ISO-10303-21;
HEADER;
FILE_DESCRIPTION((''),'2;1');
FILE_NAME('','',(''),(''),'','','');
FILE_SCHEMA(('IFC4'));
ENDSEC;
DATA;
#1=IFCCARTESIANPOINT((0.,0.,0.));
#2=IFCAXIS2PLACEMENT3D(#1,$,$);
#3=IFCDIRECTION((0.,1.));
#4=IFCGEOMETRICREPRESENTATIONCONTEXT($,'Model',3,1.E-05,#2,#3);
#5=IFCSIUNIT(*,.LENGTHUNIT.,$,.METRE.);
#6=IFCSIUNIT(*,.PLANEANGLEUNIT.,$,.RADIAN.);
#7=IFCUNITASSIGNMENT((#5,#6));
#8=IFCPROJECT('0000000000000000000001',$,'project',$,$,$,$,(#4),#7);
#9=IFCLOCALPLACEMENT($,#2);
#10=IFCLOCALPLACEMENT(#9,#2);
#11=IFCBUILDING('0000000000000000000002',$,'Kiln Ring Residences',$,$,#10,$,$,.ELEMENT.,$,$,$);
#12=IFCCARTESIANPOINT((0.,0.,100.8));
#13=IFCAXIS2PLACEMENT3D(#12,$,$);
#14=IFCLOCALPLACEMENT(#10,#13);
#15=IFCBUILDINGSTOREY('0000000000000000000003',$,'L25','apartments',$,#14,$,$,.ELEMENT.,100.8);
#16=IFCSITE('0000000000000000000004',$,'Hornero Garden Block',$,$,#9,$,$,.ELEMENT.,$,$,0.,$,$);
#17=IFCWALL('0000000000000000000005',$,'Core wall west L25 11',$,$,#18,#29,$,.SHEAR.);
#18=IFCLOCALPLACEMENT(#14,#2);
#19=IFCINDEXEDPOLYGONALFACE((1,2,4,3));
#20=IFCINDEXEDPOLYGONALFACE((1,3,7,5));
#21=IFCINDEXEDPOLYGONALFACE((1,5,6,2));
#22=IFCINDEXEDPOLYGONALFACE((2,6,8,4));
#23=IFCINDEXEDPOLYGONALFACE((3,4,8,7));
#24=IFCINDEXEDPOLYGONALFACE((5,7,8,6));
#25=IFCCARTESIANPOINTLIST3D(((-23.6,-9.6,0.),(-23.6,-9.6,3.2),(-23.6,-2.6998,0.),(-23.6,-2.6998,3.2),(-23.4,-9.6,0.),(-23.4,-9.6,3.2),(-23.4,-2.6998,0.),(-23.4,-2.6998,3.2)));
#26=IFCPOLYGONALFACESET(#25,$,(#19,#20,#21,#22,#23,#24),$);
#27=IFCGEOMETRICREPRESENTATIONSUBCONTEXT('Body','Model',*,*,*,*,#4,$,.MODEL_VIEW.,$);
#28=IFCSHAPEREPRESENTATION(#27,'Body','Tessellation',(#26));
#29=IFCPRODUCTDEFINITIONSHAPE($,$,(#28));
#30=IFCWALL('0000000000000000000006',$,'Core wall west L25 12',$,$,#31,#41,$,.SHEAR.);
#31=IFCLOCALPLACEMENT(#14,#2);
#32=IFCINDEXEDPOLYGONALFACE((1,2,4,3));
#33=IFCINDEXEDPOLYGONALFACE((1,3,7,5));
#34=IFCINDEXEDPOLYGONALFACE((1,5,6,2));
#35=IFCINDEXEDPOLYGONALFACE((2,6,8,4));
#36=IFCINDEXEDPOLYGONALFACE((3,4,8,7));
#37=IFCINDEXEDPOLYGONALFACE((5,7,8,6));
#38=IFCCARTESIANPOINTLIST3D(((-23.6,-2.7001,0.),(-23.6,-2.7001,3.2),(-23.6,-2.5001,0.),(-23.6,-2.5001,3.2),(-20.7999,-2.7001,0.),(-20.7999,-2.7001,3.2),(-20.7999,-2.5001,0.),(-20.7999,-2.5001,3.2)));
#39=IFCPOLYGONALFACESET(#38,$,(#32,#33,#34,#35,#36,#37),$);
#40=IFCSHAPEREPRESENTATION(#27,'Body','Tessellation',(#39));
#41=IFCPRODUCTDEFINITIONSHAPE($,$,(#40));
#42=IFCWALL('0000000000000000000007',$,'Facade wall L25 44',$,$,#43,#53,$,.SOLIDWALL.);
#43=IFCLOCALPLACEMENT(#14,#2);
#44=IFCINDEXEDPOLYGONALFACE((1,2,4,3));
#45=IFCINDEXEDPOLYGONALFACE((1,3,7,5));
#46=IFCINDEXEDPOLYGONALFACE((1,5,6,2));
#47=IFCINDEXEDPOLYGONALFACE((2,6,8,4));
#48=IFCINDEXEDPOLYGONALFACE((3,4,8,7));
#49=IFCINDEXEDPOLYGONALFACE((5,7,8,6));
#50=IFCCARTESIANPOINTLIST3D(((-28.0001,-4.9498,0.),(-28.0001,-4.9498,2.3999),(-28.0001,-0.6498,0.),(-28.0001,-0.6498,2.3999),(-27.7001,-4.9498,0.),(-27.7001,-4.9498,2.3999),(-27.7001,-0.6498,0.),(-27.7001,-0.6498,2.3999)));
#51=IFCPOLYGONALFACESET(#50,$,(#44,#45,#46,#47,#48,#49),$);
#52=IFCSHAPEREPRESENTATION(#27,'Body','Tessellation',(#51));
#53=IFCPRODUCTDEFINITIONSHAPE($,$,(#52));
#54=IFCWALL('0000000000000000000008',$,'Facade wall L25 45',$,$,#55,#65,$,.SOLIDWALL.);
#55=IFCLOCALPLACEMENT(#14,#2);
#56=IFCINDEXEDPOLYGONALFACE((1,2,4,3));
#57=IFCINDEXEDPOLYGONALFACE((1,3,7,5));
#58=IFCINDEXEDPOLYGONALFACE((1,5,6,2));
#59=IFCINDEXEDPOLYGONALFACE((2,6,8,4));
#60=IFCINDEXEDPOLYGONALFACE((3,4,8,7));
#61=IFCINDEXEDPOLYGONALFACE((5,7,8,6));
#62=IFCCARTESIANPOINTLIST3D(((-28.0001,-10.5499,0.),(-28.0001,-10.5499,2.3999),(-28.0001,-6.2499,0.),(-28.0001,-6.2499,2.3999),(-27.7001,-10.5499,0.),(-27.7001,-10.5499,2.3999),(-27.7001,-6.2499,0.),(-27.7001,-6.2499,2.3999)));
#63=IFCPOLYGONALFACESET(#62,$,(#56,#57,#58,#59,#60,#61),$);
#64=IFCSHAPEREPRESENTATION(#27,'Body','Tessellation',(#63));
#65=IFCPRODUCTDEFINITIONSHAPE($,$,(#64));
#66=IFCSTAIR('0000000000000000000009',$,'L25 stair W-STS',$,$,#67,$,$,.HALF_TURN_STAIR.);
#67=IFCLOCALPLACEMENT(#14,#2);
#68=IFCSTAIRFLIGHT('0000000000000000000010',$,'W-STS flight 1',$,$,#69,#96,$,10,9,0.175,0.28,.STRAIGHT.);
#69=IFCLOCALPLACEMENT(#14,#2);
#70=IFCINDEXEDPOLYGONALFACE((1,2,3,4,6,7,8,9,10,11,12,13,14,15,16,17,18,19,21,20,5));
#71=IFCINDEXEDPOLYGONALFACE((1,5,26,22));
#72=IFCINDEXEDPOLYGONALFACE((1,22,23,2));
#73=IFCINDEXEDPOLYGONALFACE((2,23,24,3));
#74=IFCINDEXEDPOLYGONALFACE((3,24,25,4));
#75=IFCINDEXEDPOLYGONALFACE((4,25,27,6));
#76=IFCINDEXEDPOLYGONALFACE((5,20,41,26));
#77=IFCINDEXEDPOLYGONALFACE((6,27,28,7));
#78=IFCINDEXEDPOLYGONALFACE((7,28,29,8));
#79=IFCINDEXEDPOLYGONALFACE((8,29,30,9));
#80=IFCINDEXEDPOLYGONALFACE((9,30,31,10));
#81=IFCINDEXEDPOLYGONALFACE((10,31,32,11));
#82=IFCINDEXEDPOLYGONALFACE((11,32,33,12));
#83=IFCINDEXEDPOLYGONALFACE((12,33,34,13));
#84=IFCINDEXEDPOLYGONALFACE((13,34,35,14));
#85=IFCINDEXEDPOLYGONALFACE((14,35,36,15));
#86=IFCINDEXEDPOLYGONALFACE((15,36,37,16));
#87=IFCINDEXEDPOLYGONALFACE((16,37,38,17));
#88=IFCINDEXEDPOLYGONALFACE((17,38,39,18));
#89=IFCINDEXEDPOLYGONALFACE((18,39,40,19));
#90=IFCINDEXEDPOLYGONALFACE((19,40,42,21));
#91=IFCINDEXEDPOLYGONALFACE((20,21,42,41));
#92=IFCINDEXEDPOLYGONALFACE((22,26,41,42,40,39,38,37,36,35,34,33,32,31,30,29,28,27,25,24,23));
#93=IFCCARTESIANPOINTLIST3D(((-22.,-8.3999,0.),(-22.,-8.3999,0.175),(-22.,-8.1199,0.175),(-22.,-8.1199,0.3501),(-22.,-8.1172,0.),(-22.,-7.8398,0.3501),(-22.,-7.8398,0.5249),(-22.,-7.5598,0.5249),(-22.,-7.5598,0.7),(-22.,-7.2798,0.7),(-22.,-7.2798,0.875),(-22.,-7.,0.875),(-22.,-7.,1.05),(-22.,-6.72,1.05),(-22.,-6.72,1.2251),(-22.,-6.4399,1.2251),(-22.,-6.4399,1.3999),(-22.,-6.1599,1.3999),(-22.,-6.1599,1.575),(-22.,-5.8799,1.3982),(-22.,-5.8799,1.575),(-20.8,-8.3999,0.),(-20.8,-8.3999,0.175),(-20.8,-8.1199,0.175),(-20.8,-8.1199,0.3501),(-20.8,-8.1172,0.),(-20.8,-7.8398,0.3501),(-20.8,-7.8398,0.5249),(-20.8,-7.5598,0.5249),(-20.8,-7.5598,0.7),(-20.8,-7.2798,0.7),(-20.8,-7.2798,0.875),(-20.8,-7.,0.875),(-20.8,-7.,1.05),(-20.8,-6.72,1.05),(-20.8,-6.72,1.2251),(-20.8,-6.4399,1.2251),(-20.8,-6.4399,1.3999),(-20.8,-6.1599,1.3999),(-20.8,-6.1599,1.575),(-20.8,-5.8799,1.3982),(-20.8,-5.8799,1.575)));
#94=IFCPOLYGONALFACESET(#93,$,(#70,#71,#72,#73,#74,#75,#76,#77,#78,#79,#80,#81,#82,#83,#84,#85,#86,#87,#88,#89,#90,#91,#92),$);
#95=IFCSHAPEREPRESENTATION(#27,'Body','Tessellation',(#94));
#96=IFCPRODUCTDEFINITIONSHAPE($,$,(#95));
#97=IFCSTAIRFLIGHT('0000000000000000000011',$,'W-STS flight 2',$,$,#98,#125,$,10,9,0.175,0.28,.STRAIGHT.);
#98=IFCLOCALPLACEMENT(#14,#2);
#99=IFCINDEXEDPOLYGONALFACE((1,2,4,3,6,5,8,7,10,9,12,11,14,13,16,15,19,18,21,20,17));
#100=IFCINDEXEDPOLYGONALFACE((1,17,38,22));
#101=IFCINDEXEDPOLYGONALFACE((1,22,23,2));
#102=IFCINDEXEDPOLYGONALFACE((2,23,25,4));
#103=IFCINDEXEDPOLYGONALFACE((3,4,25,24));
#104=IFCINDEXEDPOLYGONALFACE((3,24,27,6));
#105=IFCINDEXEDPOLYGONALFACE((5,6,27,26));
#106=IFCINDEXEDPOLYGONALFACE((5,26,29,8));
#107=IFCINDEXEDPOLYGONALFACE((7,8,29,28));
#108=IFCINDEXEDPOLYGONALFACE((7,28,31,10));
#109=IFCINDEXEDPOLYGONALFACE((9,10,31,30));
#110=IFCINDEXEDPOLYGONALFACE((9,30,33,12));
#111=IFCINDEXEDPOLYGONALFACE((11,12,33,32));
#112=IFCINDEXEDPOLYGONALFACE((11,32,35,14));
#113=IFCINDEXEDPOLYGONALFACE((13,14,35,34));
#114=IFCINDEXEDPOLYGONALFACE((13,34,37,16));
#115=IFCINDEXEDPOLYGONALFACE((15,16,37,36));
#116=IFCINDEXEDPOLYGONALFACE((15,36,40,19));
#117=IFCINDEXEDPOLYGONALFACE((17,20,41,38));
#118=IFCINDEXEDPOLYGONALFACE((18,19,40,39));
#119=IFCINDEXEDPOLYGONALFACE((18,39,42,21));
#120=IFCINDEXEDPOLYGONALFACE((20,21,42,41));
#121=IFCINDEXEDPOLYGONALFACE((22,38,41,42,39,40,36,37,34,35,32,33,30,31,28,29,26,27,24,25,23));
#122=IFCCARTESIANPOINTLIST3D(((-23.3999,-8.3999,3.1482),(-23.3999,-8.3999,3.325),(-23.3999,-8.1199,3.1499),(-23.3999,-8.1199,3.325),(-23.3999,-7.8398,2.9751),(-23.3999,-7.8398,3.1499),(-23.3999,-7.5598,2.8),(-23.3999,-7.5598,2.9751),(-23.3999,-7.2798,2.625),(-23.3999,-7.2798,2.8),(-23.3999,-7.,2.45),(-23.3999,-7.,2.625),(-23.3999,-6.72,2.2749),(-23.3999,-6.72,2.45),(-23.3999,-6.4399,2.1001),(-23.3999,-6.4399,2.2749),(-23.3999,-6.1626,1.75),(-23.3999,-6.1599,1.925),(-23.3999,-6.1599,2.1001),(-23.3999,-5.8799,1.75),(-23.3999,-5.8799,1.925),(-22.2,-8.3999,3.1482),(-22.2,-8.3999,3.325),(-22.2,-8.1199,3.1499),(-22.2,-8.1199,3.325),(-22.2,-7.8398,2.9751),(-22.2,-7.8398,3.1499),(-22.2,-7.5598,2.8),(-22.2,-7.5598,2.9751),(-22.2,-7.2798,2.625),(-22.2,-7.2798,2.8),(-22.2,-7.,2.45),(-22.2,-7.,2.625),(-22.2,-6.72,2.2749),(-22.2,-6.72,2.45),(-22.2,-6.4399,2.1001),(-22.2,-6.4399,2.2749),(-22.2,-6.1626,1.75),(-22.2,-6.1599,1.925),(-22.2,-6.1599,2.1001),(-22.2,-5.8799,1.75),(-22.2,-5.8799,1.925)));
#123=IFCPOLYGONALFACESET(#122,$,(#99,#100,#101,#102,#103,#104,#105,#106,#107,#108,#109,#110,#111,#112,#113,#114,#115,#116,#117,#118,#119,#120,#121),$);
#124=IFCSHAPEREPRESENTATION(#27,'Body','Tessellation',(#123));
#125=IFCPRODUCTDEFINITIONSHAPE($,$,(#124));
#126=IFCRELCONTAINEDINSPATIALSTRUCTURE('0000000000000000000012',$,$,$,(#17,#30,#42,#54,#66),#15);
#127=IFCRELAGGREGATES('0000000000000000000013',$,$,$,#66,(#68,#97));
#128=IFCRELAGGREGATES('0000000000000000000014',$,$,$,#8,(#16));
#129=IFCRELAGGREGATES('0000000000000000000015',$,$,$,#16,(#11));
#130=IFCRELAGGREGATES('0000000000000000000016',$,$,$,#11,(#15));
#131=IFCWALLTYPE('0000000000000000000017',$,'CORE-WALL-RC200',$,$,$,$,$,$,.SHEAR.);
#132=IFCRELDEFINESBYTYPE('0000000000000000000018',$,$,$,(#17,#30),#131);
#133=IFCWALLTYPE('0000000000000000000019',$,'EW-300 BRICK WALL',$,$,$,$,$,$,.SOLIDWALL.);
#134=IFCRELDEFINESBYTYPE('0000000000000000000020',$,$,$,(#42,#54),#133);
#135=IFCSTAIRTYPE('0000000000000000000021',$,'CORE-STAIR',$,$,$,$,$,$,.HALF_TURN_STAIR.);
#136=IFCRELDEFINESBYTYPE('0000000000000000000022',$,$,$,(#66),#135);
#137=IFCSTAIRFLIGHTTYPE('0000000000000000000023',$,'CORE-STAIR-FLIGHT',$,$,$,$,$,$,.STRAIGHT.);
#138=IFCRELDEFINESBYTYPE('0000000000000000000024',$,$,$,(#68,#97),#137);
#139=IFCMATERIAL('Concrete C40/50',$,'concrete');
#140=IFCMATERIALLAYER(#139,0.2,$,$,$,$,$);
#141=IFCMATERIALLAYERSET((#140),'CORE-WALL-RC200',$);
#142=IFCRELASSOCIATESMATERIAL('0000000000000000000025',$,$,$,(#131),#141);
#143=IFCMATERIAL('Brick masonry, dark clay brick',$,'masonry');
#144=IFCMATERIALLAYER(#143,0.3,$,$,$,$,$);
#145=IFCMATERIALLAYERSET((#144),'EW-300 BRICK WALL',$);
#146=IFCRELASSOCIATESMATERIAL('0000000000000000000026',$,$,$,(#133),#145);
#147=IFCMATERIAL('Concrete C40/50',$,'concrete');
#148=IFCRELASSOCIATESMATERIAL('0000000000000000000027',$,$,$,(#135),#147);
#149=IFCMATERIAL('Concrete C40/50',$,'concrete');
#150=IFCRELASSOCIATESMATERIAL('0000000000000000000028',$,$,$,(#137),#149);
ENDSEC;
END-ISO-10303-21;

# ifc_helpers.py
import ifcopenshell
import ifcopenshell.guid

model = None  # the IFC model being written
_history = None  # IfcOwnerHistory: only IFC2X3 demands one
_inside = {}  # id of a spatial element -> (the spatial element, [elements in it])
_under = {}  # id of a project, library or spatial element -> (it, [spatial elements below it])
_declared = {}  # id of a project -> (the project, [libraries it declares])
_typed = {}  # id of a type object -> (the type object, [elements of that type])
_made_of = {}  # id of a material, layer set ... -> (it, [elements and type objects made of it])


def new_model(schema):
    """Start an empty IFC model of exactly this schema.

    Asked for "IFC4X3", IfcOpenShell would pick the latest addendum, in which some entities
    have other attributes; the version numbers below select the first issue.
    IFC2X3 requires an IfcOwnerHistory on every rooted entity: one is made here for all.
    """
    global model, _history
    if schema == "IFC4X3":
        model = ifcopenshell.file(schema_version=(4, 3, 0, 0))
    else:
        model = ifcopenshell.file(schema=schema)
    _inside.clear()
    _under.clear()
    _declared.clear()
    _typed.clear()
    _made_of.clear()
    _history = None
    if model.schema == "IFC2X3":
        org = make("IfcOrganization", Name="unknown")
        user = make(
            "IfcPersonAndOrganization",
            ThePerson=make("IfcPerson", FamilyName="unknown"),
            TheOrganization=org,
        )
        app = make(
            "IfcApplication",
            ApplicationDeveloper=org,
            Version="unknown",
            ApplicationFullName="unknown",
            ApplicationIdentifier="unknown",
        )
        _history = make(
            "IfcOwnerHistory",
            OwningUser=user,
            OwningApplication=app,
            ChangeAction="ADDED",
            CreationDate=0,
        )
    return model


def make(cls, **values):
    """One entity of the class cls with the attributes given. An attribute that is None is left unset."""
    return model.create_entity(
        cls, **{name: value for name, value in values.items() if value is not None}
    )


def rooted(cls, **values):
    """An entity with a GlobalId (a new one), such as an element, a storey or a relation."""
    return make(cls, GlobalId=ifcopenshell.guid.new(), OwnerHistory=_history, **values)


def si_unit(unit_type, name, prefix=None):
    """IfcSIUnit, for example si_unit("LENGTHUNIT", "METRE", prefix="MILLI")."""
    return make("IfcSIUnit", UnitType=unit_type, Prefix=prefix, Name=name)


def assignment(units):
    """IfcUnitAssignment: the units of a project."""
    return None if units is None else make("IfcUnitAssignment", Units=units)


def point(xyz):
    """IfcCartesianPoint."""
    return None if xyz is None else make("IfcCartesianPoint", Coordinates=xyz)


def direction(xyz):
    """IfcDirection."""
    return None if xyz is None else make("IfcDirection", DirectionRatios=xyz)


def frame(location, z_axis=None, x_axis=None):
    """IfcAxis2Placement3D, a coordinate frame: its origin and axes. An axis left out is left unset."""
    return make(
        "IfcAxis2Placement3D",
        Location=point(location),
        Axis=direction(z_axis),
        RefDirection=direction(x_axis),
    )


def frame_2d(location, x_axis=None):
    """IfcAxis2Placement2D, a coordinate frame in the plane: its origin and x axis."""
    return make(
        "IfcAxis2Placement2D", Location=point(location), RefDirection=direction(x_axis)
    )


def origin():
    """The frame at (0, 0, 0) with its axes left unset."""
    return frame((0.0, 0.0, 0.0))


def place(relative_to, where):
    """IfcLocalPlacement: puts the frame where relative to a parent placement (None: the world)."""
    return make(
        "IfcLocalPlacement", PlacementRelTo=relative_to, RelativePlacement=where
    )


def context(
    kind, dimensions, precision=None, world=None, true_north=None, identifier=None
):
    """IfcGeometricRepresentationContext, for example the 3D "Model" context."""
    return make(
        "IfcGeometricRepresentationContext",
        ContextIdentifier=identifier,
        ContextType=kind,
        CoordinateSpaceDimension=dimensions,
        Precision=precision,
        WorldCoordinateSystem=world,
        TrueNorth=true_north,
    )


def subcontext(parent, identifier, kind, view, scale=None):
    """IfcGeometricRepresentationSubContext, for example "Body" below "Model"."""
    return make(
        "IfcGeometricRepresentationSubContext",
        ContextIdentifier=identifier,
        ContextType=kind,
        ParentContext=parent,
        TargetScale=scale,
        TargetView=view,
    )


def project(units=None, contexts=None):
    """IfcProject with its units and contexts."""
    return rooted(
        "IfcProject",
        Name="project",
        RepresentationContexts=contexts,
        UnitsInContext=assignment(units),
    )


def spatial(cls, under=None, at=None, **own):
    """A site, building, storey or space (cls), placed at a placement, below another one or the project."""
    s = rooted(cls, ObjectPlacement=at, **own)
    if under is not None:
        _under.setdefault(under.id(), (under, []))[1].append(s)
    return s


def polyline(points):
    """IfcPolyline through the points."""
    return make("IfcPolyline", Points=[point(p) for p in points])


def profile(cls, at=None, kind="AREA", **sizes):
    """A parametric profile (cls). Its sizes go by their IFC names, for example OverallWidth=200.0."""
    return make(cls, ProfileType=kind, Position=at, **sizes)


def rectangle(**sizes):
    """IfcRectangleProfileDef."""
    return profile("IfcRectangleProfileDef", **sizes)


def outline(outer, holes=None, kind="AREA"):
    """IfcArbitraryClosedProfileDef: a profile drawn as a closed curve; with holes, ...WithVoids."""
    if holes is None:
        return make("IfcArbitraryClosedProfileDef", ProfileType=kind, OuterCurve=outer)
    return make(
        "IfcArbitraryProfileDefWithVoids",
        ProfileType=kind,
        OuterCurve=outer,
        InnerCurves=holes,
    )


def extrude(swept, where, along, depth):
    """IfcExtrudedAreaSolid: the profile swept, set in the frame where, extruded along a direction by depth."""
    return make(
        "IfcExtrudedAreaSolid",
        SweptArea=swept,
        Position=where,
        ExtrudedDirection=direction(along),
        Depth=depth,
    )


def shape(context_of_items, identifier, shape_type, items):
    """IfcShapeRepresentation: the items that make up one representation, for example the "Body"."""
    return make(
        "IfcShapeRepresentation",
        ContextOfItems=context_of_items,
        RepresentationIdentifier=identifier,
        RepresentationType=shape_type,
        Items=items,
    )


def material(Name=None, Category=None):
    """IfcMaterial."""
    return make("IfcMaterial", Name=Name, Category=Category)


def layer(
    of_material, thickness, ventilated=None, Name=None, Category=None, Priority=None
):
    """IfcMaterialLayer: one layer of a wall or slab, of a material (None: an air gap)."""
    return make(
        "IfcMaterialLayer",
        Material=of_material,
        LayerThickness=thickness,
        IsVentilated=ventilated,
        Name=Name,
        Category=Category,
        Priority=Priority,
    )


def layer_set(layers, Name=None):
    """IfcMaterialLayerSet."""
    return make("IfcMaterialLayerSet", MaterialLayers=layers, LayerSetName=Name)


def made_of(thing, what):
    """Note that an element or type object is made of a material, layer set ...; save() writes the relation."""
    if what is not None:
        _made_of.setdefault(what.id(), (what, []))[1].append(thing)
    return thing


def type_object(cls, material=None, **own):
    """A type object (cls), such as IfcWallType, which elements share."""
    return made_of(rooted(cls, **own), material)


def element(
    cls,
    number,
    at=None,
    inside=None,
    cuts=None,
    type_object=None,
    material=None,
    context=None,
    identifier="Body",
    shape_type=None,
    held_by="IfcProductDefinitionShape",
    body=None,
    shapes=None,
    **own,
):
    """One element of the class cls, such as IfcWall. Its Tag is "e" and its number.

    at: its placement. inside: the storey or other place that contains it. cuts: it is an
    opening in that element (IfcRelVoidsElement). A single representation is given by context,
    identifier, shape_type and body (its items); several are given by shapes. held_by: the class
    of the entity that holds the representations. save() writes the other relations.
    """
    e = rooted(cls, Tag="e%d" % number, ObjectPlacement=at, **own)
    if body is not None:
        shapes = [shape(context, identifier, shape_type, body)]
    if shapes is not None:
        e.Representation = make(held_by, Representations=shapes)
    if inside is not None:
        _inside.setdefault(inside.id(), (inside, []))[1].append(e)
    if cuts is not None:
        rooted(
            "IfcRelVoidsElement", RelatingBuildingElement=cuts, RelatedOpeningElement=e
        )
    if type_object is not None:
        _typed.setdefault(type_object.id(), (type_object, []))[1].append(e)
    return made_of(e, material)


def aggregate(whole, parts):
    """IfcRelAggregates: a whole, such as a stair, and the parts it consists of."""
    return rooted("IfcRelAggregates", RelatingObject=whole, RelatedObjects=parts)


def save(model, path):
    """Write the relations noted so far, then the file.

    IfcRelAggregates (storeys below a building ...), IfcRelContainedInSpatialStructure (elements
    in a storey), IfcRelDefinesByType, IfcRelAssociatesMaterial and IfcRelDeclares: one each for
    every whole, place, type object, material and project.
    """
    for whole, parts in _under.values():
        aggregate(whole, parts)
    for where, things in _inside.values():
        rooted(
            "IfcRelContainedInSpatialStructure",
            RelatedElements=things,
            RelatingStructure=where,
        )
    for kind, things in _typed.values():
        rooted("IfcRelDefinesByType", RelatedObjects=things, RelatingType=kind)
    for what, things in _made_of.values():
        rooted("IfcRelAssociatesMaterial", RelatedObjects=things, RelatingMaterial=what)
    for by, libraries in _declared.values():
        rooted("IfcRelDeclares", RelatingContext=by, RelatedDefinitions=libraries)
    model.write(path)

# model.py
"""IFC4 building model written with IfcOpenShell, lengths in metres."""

from ifc_helpers import new_model, si_unit, direction, frame, frame_2d, origin, place, context, subcontext, project, spatial, polyline, rectangle, outline, extrude, material, layer, layer_set, type_object, element, aggregate, save


model = new_model("IFC4")

# Units and contexts
model_context = context("Model", 3, precision=1e-05, world=origin(), true_north=direction((0.0, 1.0)))
body_context = subcontext(model_context, "Body", "Model", "MODEL_VIEW")
ifc_project = project(units=[si_unit("LENGTHUNIT", "METRE"), si_unit("PLANEANGLEUNIT", "RADIAN")], contexts=[model_context])

# Site, building, storey
site_placement = place(None, origin())
site = spatial("IfcSite", under=ifc_project, at=site_placement, Name="Hornero Garden Block", CompositionType="ELEMENT", RefElevation=0.0)
building_placement = place(site_placement, origin())
building = spatial("IfcBuilding", under=site, at=building_placement, Name="Kiln Ring Residences", CompositionType="ELEMENT")
storey_placement = place(building_placement, frame((0.0, 0.0, 100.8)))
storey = spatial("IfcBuildingStorey", under=building, at=storey_placement, Name="L25", Description="apartments", CompositionType="ELEMENT", Elevation=100.8)

# Shared definitions
ifc_material_1 = material(Name="Concrete C40/50", Category="concrete")
ifc_layer_1 = layer(ifc_material_1, 0.2)
ifc_layer_set_1 = layer_set([ifc_layer_1], Name="CORE-WALL-RC200")
wall_type_1 = type_object("IfcWallType", Name="CORE-WALL-RC200", PredefinedType="SHEAR", material=ifc_layer_set_1)

# Walls
wall_1_placement = place(storey_placement, frame((-23.5, -9.6001, 0.0), z_axis=(0.0, 0.0, 1.0), x_axis=(0.0, 1.0, 0.0)))
element("IfcWall", 1, at=wall_1_placement, inside=storey, type_object=wall_type_1, Name="Core wall west L25 11", PredefinedType="SHEAR", context=body_context, shape_type="SweptSolid", body=[
    extrude(rectangle(XDim=6.9001, YDim=0.2, at=frame_2d((3.4502, 0.0))), origin(), (0.0, 0.0, 1.0), 3.2),
])
wall_2_placement = place(storey_placement, frame((-20.8, -2.6001, 0.0), z_axis=(0.0, 0.0, 1.0), x_axis=(-1.0, 0.0, 0.0)))
element("IfcWall", 2, at=wall_2_placement, inside=storey, type_object=wall_type_1, Name="Core wall west L25 12", PredefinedType="SHEAR", context=body_context, shape_type="SweptSolid", body=[
    extrude(rectangle(XDim=2.8, YDim=0.2, at=frame_2d((1.3999, 0.0))), origin(), (0.0, 0.0, 1.0), 3.2),
])
ifc_material_2 = material(Name="Brick masonry, dark clay brick", Category="masonry")
ifc_layer_2 = layer(ifc_material_2, 0.3)
ifc_layer_set_2 = layer_set([ifc_layer_2], Name="EW-300 BRICK WALL")
wall_type_2 = type_object("IfcWallType", Name="EW-300 BRICK WALL", PredefinedType="SOLIDWALL", material=ifc_layer_set_2)
for number, where, z_axis, x_axis, name in (
    (3, (-27.8501, -0.6499, 0.0), (0.0, 0.0, 1.0), (0.0, -1.0, 0.0), "Facade wall L25 44"),
    (4, (-27.8501, -6.25, 0.0), (0.0, 0.0, 1.0), (0.0, -1.0, 0.0), "Facade wall L25 45"),
):
    element("IfcWall", number, at=place(storey_placement, frame(where, z_axis=z_axis, x_axis=x_axis)), inside=storey, type_object=wall_type_2, Name=name, PredefinedType="SOLIDWALL", context=body_context, shape_type="SweptSolid", body=[
        extrude(rectangle(XDim=4.3, YDim=0.3, at=frame_2d((2.1499, 0.0))), origin(), (0.0, 0.0, 1.0), 2.3999),
    ])

# Stair, stair flights
ifc_material_3 = material(Name="Concrete C40/50", Category="concrete")
stair_type = type_object("IfcStairType", Name="CORE-STAIR", PredefinedType="HALF_TURN_STAIR", material=ifc_material_3)
stair_placement = place(storey_placement, origin())
stair = element("IfcStair", 5, at=stair_placement, inside=storey, type_object=stair_type, Name="L25 stair W-STS", PredefinedType="HALF_TURN_STAIR")
ifc_material_4 = material(Name="Concrete C40/50", Category="concrete")
stair_flight_type = type_object("IfcStairFlightType", Name="CORE-STAIR-FLIGHT", PredefinedType="STRAIGHT", material=ifc_material_4)
stair_flight_1_placement = place(storey_placement, frame((-21.3999, -8.3999, 0.0), z_axis=(0.0, 0.0, 1.0), x_axis=(0.0, 1.0, 0.0)))
stair_flight_1 = element("IfcStairFlight", 6, at=stair_flight_1_placement, type_object=stair_flight_type, Name="W-STS flight 1", NumberOfRisers=10, NumberOfTreads=9, PredefinedType="STRAIGHT", RiserHeight=0.175, TreadLength=0.28, context=body_context, shape_type="SweptSolid", body=[
    extrude(outline(polyline([(0.0, 0.0), (0.0, 0.175), (0.28, 0.175), (0.28, 0.3501), (0.5601, 0.3501), (0.5601, 0.5249), (0.8401, 0.5249), (0.8401, 0.7), (1.1201, 0.7), (1.1201, 0.875), (1.3999, 0.875), (1.3999, 1.05), (1.6799, 1.05), (1.6799, 1.2251), (1.96, 1.2251), (1.96, 1.3999), (2.24, 1.3999), (2.24, 1.575), (2.52, 1.575), (2.52, 1.75), (2.52, 1.3982), (0.2827, 0.0), (0.0, 0.0)])), frame((0.0, 0.6001, 0.0), z_axis=(0.0, -1.0, 0.0), x_axis=(1.0, 0.0, 0.0)), (0.0, 0.0, 1.0), 1.2),
])
stair_flight_2_placement = place(storey_placement, frame((-22.8, -5.8799, 1.75), z_axis=(0.0, 0.0, 1.0), x_axis=(0.0, -1.0, 0.0)))
stair_flight_2 = element("IfcStairFlight", 7, at=stair_flight_2_placement, type_object=stair_flight_type, Name="W-STS flight 2", NumberOfRisers=10, NumberOfTreads=9, PredefinedType="STRAIGHT", RiserHeight=0.175, TreadLength=0.28, context=body_context, shape_type="SweptSolid", body=[
    extrude(outline(polyline([(0.0, 0.0), (0.0, 0.175), (0.28, 0.175), (0.28, 0.3501), (0.5601, 0.3501), (0.5601, 0.5249), (0.8401, 0.5249), (0.8401, 0.7), (1.1201, 0.7), (1.1201, 0.875), (1.3999, 0.875), (1.3999, 1.05), (1.6799, 1.05), (1.6799, 1.2251), (1.96, 1.2251), (1.96, 1.3999), (2.24, 1.3999), (2.24, 1.575), (2.52, 1.575), (2.52, 1.75), (2.52, 1.3982), (0.2827, 0.0), (0.0, 0.0)])), frame((0.0, 0.6001, 0.0), z_axis=(0.0, -1.0, 0.0), x_axis=(1.0, 0.0, 0.0)), (0.0, 0.0, 1.0), 1.2),
])
aggregate(stair, [stair_flight_1, stair_flight_2])

save(model, "model.ifc")
